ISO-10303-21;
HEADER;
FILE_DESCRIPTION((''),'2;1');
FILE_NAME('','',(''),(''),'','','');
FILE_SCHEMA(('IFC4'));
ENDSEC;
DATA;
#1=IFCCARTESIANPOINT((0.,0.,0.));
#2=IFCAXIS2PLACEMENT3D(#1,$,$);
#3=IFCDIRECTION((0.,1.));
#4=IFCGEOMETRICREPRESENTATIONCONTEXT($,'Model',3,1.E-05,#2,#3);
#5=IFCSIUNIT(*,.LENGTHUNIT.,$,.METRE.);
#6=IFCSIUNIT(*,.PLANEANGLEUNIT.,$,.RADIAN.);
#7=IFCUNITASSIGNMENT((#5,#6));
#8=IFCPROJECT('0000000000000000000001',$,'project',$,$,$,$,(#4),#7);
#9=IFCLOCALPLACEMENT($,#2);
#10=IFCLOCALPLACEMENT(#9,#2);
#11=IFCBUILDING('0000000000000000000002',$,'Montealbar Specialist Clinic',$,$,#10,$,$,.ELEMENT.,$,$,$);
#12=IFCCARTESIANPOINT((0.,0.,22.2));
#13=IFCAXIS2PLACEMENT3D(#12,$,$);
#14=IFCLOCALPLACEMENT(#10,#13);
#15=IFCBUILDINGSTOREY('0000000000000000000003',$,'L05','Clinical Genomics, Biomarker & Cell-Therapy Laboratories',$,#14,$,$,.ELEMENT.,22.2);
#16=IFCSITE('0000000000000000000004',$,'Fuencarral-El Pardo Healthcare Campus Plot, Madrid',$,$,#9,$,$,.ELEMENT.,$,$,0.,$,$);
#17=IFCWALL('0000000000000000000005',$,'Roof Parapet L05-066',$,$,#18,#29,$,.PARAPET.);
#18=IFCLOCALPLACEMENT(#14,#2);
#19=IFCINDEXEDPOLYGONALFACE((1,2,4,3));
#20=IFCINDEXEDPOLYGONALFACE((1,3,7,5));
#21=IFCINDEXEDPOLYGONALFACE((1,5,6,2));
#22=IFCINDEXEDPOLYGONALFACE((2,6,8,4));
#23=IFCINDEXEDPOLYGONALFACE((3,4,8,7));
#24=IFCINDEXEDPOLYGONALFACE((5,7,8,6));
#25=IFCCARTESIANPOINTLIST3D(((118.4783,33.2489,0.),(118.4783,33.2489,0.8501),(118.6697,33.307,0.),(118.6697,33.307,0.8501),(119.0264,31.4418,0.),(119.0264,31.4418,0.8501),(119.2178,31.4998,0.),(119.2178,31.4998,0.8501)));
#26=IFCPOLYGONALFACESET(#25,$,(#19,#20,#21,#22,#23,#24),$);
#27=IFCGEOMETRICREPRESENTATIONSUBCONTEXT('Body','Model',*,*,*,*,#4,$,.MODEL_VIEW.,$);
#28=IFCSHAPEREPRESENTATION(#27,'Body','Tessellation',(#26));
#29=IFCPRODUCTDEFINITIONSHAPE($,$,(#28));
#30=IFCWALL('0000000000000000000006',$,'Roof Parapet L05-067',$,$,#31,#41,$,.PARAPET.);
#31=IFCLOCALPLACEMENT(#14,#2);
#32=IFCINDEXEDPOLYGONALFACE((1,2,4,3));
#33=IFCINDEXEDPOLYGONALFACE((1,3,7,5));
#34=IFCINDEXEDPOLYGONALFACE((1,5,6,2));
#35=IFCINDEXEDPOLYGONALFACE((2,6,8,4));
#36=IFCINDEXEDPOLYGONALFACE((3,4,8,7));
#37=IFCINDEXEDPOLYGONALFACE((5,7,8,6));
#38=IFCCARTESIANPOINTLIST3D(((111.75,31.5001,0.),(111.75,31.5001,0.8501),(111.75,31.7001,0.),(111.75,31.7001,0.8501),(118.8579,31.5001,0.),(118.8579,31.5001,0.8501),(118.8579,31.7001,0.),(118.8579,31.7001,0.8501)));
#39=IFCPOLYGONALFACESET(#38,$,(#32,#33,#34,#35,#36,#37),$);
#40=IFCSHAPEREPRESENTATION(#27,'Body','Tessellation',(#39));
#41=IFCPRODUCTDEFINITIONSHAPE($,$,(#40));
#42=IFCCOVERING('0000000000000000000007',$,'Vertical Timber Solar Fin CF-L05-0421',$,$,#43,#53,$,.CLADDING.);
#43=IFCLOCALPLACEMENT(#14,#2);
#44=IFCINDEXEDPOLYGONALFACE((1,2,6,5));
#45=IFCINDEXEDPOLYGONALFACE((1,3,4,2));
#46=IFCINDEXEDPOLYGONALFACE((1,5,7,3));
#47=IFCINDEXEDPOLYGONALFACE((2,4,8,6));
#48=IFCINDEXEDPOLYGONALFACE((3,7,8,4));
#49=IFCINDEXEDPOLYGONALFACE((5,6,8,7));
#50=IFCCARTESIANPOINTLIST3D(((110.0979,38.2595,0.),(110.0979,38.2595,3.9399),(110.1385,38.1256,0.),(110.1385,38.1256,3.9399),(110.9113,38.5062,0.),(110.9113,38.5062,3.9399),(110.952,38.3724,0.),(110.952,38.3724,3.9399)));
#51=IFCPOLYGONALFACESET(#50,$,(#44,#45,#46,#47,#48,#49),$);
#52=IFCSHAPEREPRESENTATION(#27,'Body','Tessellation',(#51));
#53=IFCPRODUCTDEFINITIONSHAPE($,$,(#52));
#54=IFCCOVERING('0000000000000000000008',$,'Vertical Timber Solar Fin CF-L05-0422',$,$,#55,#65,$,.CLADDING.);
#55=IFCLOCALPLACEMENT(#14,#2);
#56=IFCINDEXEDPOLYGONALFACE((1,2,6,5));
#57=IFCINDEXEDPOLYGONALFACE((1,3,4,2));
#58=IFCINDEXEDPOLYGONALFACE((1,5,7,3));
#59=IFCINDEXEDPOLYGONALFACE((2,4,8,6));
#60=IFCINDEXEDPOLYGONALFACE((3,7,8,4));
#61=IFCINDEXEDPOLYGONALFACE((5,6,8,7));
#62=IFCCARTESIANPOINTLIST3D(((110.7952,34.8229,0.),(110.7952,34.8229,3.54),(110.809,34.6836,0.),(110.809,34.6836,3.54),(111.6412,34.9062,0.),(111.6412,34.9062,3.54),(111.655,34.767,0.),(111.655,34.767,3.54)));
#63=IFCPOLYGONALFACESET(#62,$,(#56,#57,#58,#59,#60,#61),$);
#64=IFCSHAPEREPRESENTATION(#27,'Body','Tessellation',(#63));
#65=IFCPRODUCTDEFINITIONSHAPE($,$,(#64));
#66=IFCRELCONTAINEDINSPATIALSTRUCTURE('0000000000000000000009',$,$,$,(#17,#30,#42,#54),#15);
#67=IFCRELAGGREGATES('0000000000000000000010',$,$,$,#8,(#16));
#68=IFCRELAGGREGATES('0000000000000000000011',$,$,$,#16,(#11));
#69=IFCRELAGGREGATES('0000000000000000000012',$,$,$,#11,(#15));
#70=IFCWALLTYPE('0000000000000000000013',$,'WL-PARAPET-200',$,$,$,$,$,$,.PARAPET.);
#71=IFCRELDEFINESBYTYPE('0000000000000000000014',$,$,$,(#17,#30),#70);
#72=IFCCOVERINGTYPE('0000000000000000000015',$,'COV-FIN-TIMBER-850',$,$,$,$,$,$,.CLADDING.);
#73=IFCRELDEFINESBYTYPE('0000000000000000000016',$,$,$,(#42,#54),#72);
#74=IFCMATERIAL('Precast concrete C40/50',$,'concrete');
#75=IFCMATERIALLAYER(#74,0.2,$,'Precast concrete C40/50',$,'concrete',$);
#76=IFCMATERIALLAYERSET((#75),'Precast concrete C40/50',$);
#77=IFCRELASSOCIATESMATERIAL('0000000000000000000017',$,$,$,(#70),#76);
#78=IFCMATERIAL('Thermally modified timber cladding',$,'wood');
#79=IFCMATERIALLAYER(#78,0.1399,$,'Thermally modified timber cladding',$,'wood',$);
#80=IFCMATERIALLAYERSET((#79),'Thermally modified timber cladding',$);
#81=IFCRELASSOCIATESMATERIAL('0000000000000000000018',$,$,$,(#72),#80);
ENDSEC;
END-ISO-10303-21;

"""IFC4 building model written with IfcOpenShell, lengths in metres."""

from ifc_helpers import new_model, si_unit, direction, frame, frame_2d, origin, origin_2d, place, context, subcontext, project, spatial, rectangle, extrude, material, layer, layer_set, type_object, element, save


model = new_model("IFC4")

# Units and contexts
model_context = context("Model", 3, precision=1e-05, world=origin(), true_north=direction((0.0, 1.0)))
body_context = subcontext(model_context, "Body", "Model", "MODEL_VIEW")
ifc_project = project(units=[si_unit("LENGTHUNIT", "METRE"), si_unit("PLANEANGLEUNIT", "RADIAN")], contexts=[model_context])

# Site, building, storey
site_placement = place(None, origin())
site = spatial("IfcSite", under=ifc_project, at=site_placement, Name="Fuencarral-El Pardo Healthcare Campus Plot, Madrid", CompositionType="ELEMENT", RefElevation=0.0)
building_placement = place(site_placement, origin())
building = spatial("IfcBuilding", under=site, at=building_placement, Name="Montealbar Specialist Clinic", CompositionType="ELEMENT")
storey_placement = place(building_placement, frame((0.0, 0.0, 22.2)))
storey = spatial("IfcBuildingStorey", under=building, at=storey_placement, Name="L05", Description="Clinical Genomics, Biomarker & Cell-Therapy Laboratories", CompositionType="ELEMENT", Elevation=22.2)

# Walls
ifc_material_1 = material(Name="Precast concrete C40/50", Category="concrete")
ifc_layer_1 = layer(ifc_material_1, 0.2, Name="Precast concrete C40/50", Category="concrete")
ifc_layer_set_1 = layer_set([ifc_layer_1], Name="Precast concrete C40/50")
wall_type_1 = type_object("IfcWallType", Name="WL-PARAPET-200", PredefinedType="PARAPET", material=ifc_layer_set_1)
wall_1_placement = place(storey_placement, frame((118.574, 33.2781, 0.0), z_axis=(0.0, 0.0, 1.0), x_axis=(0.290241, -0.956954, 0.0)))
element("IfcWall", 1, at=wall_1_placement, inside=storey, type_object=wall_type_1, Name="Roof Parapet L05-066", PredefinedType="PARAPET", context=body_context, shape_type="SweptSolid", body=[
    extrude(rectangle(XDim=1.8884, YDim=0.2, at=frame_2d((0.9443, 0.0))), origin(), (0.0, 0.0, 1.0), 0.8501),
])
wall_2_placement = place(storey_placement, frame((118.8579, 31.6001, 0.0), z_axis=(0.0, 0.0, 1.0), x_axis=(-1.0, 0.0, 0.0)))
element("IfcWall", 2, at=wall_2_placement, inside=storey, type_object=wall_type_1, Name="Roof Parapet L05-067", PredefinedType="PARAPET", context=body_context, shape_type="SweptSolid", body=[
    extrude(rectangle(XDim=7.1079, YDim=0.2, at=frame_2d((3.554, 0.0))), origin(), (0.0, 0.0, 1.0), 0.8501),
])

# Coverings
ifc_material_2 = material(Name="Thermally modified timber cladding", Category="wood")
ifc_layer_2 = layer(ifc_material_2, 0.1399, Name="Thermally modified timber cladding", Category="wood")
ifc_layer_set_2 = layer_set([ifc_layer_2], Name="Thermally modified timber cladding")
covering_type = type_object("IfcCoveringType", Name="COV-FIN-TIMBER-850", PredefinedType="CLADDING", material=ifc_layer_set_2)
covering_1_placement = place(storey_placement, frame((110.5249, 38.3159, 0.0), z_axis=(0.0, 0.0, 1.0), x_axis=(0.956948, 0.290259, 0.0)))
element("IfcCovering", 3, at=covering_1_placement, inside=storey, type_object=covering_type, Name="Vertical Timber Solar Fin CF-L05-0421", PredefinedType="CLADDING", context=body_context, shape_type="SweptSolid", body=[
    extrude(rectangle(XDim=0.8501, YDim=0.1399, at=origin_2d()), origin(), (0.0, 0.0, 1.0), 3.9399),
])
covering_2_placement = place(storey_placement, frame((111.2251, 34.7949, 0.0), z_axis=(0.0, 0.0, 1.0), x_axis=(0.995182, 0.098045, 0.0)))
element("IfcCovering", 4, at=covering_2_placement, inside=storey, type_object=covering_type, Name="Vertical Timber Solar Fin CF-L05-0422", PredefinedType="CLADDING", context=body_context, shape_type="SweptSolid", body=[
    extrude(rectangle(XDim=0.8501, YDim=0.1399, at=origin_2d()), origin(), (0.0, 0.0, 1.0), 3.54),
])

save(model, "model.ifc")
